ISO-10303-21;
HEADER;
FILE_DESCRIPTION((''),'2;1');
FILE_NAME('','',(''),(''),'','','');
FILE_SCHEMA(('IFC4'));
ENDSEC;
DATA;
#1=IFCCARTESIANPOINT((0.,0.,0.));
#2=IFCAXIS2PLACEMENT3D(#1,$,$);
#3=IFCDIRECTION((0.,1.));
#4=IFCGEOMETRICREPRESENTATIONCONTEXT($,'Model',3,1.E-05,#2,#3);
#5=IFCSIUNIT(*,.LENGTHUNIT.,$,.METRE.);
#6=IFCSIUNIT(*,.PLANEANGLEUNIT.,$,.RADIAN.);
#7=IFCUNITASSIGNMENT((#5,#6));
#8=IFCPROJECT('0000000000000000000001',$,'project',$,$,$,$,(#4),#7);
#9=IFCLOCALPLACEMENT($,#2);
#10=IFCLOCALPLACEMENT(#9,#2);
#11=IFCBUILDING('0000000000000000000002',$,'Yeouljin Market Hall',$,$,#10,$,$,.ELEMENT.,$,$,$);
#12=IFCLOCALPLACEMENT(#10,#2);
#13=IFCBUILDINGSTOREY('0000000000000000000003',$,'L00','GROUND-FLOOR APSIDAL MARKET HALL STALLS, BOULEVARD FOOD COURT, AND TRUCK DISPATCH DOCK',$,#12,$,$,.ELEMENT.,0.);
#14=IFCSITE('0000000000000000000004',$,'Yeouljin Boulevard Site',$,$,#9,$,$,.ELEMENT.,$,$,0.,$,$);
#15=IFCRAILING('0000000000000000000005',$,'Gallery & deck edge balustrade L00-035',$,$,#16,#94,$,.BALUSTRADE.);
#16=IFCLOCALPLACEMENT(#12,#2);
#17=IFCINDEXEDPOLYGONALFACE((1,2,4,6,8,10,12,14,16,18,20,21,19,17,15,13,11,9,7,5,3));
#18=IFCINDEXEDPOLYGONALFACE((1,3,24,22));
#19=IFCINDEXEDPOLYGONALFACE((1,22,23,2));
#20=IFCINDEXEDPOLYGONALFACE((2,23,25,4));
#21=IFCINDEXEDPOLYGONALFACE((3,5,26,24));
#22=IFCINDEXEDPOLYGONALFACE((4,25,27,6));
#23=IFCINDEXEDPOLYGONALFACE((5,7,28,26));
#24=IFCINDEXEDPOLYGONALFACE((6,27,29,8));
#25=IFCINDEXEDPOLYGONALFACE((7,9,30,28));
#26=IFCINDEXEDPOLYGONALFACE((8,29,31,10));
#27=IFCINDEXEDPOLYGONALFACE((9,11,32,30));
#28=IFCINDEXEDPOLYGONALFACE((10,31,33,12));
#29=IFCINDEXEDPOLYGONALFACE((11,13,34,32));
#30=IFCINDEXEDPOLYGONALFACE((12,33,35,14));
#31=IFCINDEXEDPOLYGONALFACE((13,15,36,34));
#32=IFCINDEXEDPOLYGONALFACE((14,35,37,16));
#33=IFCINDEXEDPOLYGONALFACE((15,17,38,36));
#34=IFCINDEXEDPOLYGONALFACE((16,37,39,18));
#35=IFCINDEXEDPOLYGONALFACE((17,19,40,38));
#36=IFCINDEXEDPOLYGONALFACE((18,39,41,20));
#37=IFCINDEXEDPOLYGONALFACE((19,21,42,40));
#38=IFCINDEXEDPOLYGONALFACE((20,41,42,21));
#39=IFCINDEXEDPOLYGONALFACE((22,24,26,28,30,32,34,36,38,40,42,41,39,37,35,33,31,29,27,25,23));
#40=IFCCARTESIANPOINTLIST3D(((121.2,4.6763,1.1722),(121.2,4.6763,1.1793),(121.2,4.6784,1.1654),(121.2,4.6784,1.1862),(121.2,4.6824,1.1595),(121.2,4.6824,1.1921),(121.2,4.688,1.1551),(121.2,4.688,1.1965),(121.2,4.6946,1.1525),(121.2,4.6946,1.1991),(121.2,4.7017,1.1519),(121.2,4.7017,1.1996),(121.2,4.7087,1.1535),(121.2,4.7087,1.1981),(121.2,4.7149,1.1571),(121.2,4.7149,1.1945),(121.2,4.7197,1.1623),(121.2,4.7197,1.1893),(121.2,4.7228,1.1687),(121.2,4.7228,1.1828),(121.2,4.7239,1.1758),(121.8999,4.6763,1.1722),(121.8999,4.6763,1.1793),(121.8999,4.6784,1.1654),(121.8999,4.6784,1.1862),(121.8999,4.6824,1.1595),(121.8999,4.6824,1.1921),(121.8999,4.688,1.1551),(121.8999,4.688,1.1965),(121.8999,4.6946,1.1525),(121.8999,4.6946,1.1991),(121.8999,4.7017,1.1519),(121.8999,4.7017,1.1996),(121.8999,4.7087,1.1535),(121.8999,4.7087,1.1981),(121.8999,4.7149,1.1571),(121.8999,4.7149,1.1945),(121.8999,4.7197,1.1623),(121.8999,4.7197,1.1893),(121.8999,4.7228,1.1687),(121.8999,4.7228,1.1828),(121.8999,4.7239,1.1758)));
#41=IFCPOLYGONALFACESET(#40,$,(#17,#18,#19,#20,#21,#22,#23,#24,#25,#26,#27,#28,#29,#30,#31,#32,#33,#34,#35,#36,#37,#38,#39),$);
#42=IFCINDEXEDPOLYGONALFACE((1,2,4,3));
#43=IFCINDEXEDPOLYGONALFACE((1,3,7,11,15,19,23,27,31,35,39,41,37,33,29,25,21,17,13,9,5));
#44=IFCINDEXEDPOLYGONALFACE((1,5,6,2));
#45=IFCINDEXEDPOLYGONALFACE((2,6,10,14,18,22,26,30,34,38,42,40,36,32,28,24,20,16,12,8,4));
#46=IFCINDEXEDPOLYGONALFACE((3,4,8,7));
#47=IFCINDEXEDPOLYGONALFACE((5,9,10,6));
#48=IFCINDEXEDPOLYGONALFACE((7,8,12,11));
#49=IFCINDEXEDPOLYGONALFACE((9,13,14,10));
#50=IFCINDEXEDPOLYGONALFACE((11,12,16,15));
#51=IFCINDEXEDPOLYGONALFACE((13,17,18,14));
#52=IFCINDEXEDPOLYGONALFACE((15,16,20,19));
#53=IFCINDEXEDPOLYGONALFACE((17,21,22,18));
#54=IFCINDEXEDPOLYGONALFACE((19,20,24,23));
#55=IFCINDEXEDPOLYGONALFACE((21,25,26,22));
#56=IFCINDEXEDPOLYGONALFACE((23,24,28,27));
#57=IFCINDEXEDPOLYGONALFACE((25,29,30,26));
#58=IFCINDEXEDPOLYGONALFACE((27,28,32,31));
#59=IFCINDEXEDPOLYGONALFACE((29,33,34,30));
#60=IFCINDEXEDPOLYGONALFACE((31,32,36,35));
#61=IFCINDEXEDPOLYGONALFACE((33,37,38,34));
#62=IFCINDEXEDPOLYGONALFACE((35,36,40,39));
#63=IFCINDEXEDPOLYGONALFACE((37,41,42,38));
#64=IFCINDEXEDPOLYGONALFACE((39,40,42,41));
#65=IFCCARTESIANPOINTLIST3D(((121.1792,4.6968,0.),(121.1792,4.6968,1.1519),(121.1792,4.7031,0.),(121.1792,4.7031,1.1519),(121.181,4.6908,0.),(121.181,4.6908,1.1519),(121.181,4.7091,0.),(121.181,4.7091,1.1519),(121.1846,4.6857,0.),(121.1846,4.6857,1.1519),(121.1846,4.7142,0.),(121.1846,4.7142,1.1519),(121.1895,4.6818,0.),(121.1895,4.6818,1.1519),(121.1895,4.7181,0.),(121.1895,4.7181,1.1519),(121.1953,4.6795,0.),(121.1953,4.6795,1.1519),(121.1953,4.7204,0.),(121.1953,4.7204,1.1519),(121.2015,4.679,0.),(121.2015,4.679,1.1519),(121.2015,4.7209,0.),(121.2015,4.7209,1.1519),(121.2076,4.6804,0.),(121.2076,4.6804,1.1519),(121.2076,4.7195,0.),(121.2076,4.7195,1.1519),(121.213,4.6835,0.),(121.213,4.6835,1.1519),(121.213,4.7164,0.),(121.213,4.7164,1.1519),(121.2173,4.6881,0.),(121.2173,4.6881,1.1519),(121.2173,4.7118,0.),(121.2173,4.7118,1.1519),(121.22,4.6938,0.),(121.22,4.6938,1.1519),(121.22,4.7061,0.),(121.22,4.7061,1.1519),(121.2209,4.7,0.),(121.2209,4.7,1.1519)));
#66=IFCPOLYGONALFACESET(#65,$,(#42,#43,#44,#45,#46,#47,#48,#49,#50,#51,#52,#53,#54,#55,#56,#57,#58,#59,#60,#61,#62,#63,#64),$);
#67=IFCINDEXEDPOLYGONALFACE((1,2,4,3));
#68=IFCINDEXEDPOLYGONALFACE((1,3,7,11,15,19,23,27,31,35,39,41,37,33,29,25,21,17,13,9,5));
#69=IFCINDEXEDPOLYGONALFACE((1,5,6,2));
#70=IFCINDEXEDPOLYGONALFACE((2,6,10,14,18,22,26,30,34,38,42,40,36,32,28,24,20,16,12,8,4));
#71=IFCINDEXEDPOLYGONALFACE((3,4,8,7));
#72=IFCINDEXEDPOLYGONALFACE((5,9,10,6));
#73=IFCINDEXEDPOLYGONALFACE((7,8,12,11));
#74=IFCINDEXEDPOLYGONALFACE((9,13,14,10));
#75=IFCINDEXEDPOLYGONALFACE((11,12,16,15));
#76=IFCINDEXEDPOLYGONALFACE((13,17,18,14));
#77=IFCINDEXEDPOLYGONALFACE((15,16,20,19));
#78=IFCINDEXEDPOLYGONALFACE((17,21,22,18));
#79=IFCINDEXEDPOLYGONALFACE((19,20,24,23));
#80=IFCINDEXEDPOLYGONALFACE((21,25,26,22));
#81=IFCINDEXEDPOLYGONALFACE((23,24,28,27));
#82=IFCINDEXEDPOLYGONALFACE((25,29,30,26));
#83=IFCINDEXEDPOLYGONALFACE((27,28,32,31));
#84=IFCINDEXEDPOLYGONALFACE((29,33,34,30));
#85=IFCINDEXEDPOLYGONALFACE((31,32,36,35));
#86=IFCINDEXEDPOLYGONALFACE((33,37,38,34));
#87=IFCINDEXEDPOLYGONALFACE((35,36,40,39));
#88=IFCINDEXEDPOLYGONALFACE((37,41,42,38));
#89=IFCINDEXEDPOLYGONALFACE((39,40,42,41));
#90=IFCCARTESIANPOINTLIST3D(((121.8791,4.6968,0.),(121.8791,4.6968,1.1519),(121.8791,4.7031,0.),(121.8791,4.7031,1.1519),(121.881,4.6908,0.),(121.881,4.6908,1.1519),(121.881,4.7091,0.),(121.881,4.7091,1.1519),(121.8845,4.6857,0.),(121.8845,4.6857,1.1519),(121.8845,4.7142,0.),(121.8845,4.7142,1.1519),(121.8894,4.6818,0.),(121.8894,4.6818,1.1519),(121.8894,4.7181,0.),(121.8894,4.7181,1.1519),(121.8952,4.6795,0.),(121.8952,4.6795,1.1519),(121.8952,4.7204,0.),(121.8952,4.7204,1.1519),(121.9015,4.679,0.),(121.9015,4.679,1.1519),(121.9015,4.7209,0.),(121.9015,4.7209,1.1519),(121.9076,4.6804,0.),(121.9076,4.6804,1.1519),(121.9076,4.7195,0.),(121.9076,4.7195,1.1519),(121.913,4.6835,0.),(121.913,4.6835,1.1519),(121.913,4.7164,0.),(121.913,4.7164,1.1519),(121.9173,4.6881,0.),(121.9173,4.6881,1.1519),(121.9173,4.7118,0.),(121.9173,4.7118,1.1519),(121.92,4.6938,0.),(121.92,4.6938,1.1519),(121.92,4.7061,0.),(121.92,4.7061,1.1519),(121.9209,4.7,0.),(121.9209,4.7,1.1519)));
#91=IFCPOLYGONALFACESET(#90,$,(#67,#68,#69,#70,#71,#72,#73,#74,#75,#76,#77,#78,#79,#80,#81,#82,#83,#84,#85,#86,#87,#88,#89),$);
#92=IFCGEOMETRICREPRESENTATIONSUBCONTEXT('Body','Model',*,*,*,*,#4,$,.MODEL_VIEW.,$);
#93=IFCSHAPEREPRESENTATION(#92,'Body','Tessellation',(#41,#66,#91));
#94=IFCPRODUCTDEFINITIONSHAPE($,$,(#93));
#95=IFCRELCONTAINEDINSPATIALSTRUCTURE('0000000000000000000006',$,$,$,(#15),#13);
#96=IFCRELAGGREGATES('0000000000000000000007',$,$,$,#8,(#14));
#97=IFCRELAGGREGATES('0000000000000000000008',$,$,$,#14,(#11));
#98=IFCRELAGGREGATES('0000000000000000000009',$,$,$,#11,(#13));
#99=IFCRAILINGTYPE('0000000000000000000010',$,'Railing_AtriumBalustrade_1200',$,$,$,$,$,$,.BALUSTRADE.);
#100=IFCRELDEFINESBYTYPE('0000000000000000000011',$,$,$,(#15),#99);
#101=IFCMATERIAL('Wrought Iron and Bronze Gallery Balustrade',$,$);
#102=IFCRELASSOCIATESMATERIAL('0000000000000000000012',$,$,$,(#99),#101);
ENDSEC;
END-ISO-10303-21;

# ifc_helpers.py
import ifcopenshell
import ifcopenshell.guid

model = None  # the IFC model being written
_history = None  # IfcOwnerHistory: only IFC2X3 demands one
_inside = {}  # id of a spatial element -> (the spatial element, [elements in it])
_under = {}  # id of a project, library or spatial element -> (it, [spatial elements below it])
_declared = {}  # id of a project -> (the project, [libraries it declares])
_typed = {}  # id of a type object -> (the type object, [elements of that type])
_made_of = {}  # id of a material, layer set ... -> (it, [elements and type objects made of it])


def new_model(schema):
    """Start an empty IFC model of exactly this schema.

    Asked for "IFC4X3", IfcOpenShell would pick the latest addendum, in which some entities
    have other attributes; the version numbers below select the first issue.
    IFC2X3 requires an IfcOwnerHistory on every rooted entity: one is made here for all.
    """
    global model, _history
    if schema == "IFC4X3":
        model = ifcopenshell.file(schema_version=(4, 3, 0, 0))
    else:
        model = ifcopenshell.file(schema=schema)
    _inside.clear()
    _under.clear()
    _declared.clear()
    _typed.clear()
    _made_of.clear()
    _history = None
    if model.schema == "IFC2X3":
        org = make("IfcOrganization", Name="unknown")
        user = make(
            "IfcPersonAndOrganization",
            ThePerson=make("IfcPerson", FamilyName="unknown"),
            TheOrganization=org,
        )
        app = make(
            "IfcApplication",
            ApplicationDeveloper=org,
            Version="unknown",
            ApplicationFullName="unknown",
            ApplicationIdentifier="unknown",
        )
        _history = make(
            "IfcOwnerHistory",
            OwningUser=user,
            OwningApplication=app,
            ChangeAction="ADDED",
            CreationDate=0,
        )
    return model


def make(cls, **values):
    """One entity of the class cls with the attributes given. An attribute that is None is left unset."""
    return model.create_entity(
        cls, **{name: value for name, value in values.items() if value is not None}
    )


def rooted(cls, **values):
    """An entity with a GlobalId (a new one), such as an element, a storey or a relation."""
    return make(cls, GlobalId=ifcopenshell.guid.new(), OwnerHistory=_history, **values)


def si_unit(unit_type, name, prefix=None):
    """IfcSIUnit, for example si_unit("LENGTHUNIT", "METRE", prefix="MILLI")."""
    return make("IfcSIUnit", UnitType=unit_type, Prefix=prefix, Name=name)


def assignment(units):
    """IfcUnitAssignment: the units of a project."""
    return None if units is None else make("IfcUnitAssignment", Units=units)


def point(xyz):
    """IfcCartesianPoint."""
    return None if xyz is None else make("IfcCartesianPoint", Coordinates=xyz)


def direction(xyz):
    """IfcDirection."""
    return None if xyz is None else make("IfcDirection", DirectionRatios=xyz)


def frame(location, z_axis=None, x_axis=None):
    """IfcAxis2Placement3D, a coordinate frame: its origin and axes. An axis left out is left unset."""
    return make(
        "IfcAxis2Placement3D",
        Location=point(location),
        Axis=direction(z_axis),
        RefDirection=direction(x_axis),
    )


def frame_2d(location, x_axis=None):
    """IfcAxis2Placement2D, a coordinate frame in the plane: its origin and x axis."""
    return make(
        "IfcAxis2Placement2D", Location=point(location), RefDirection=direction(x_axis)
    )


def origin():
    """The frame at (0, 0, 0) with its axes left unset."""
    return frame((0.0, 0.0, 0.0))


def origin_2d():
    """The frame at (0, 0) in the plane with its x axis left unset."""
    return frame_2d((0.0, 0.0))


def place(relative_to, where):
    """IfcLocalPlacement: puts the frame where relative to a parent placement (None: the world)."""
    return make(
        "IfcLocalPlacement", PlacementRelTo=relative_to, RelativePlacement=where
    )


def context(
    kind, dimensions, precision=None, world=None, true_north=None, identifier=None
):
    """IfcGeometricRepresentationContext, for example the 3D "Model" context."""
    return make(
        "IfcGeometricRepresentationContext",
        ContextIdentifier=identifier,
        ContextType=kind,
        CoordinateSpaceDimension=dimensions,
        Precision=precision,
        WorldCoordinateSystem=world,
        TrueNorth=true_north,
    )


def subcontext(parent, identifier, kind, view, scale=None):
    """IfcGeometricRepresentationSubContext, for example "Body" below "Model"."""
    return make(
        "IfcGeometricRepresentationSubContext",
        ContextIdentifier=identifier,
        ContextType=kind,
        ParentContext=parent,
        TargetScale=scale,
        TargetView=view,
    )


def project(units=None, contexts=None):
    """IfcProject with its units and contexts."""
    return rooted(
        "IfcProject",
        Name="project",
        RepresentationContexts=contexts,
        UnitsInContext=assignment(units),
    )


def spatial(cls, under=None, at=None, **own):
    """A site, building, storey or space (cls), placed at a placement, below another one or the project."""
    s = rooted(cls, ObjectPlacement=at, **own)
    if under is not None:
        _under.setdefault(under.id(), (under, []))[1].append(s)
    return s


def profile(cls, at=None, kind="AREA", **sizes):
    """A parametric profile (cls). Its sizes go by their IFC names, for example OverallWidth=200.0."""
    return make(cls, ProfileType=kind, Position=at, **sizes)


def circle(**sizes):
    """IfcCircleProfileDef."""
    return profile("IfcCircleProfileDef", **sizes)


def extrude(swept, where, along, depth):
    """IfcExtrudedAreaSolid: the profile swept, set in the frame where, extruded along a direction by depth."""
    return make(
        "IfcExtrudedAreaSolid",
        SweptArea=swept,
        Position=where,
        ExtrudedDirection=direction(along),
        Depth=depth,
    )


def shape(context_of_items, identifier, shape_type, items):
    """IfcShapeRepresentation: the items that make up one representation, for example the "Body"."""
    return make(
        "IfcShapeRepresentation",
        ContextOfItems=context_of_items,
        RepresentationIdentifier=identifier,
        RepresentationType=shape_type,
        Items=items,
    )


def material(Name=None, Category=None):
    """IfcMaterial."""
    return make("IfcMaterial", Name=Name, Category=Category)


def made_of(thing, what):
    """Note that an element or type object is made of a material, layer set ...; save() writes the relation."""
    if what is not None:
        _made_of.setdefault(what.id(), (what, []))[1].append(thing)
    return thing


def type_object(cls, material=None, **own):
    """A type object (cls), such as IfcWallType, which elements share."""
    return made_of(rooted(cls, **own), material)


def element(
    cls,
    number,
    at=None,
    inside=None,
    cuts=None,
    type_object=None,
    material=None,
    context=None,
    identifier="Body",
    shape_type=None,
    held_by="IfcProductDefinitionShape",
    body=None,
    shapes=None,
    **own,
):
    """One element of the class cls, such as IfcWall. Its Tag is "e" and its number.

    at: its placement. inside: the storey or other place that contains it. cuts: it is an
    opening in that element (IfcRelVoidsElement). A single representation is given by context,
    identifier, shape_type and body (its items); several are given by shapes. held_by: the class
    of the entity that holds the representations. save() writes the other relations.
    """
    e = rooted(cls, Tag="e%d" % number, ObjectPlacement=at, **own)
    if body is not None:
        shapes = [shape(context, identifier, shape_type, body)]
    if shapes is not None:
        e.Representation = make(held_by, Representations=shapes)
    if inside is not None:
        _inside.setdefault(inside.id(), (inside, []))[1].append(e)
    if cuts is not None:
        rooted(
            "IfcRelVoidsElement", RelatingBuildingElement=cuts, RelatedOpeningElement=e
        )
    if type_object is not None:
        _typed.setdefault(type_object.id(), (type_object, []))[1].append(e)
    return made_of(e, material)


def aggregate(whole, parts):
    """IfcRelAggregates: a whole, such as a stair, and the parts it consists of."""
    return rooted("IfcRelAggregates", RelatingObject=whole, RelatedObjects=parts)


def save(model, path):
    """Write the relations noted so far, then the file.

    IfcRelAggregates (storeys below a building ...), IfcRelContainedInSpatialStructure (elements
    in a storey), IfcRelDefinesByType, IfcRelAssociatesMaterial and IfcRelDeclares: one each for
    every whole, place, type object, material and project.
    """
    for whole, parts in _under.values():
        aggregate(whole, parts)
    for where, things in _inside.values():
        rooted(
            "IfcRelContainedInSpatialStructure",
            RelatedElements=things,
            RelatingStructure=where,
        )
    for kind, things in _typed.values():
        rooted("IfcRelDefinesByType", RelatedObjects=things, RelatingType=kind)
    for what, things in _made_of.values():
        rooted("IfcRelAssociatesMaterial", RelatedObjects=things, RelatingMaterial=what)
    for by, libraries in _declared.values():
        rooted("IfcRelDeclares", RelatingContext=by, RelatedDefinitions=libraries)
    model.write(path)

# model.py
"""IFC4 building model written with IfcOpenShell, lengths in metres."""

from ifc_helpers import new_model, si_unit, direction, frame, origin, origin_2d, place, context, subcontext, project, spatial, circle, extrude, material, type_object, element, save


model = new_model("IFC4")

# Units and contexts
model_context = context("Model", 3, precision=1e-05, world=origin(), true_north=direction((0.0, 1.0)))
body_context = subcontext(model_context, "Body", "Model", "MODEL_VIEW")
ifc_project = project(units=[si_unit("LENGTHUNIT", "METRE"), si_unit("PLANEANGLEUNIT", "RADIAN")], contexts=[model_context])

# Site, building, storey
site_placement = place(None, origin())
site = spatial("IfcSite", under=ifc_project, at=site_placement, Name="Yeouljin Boulevard Site", CompositionType="ELEMENT", RefElevation=0.0)
building_placement = place(site_placement, origin())
building = spatial("IfcBuilding", under=site, at=building_placement, Name="Yeouljin Market Hall", CompositionType="ELEMENT")
storey_placement = place(building_placement, origin())
storey = spatial("IfcBuildingStorey", under=building, at=storey_placement, Name="L00", Description="GROUND-FLOOR APSIDAL MARKET HALL STALLS, BOULEVARD FOOD COURT, AND TRUCK DISPATCH DOCK", CompositionType="ELEMENT", Elevation=0.0)

# Railing
ifc_material_1 = material(Name="Wrought Iron and Bronze Gallery Balustrade")
railing_type = type_object("IfcRailingType", Name="Railing_AtriumBalustrade_1200", PredefinedType="BALUSTRADE", material=ifc_material_1)
railing_1_placement = place(storey_placement, frame((121.2, 4.7, 0.0)))
element("IfcRailing", 1, at=railing_1_placement, inside=storey, type_object=railing_type, Name="Gallery & deck edge balustrade L00-035", PredefinedType="BALUSTRADE", context=body_context, shape_type="SweptSolid", body=[
    extrude(circle(Radius=0.0239, at=origin_2d()), frame((0.0, 0.0, 1.1758), z_axis=(1.0, 0.0, 0.0), x_axis=(0.0, 1.0, 0.0)), (0.0, 0.0, 1.0), 0.7),
    extrude(circle(Radius=0.021, at=origin_2d()), origin(), (0.0, 0.0, 1.0), 1.1519),
    extrude(circle(Radius=0.021, at=origin_2d()), frame((0.7, 0.0, 0.0)), (0.0, 0.0, 1.0), 1.1519),
])

save(model, "model.ifc")
